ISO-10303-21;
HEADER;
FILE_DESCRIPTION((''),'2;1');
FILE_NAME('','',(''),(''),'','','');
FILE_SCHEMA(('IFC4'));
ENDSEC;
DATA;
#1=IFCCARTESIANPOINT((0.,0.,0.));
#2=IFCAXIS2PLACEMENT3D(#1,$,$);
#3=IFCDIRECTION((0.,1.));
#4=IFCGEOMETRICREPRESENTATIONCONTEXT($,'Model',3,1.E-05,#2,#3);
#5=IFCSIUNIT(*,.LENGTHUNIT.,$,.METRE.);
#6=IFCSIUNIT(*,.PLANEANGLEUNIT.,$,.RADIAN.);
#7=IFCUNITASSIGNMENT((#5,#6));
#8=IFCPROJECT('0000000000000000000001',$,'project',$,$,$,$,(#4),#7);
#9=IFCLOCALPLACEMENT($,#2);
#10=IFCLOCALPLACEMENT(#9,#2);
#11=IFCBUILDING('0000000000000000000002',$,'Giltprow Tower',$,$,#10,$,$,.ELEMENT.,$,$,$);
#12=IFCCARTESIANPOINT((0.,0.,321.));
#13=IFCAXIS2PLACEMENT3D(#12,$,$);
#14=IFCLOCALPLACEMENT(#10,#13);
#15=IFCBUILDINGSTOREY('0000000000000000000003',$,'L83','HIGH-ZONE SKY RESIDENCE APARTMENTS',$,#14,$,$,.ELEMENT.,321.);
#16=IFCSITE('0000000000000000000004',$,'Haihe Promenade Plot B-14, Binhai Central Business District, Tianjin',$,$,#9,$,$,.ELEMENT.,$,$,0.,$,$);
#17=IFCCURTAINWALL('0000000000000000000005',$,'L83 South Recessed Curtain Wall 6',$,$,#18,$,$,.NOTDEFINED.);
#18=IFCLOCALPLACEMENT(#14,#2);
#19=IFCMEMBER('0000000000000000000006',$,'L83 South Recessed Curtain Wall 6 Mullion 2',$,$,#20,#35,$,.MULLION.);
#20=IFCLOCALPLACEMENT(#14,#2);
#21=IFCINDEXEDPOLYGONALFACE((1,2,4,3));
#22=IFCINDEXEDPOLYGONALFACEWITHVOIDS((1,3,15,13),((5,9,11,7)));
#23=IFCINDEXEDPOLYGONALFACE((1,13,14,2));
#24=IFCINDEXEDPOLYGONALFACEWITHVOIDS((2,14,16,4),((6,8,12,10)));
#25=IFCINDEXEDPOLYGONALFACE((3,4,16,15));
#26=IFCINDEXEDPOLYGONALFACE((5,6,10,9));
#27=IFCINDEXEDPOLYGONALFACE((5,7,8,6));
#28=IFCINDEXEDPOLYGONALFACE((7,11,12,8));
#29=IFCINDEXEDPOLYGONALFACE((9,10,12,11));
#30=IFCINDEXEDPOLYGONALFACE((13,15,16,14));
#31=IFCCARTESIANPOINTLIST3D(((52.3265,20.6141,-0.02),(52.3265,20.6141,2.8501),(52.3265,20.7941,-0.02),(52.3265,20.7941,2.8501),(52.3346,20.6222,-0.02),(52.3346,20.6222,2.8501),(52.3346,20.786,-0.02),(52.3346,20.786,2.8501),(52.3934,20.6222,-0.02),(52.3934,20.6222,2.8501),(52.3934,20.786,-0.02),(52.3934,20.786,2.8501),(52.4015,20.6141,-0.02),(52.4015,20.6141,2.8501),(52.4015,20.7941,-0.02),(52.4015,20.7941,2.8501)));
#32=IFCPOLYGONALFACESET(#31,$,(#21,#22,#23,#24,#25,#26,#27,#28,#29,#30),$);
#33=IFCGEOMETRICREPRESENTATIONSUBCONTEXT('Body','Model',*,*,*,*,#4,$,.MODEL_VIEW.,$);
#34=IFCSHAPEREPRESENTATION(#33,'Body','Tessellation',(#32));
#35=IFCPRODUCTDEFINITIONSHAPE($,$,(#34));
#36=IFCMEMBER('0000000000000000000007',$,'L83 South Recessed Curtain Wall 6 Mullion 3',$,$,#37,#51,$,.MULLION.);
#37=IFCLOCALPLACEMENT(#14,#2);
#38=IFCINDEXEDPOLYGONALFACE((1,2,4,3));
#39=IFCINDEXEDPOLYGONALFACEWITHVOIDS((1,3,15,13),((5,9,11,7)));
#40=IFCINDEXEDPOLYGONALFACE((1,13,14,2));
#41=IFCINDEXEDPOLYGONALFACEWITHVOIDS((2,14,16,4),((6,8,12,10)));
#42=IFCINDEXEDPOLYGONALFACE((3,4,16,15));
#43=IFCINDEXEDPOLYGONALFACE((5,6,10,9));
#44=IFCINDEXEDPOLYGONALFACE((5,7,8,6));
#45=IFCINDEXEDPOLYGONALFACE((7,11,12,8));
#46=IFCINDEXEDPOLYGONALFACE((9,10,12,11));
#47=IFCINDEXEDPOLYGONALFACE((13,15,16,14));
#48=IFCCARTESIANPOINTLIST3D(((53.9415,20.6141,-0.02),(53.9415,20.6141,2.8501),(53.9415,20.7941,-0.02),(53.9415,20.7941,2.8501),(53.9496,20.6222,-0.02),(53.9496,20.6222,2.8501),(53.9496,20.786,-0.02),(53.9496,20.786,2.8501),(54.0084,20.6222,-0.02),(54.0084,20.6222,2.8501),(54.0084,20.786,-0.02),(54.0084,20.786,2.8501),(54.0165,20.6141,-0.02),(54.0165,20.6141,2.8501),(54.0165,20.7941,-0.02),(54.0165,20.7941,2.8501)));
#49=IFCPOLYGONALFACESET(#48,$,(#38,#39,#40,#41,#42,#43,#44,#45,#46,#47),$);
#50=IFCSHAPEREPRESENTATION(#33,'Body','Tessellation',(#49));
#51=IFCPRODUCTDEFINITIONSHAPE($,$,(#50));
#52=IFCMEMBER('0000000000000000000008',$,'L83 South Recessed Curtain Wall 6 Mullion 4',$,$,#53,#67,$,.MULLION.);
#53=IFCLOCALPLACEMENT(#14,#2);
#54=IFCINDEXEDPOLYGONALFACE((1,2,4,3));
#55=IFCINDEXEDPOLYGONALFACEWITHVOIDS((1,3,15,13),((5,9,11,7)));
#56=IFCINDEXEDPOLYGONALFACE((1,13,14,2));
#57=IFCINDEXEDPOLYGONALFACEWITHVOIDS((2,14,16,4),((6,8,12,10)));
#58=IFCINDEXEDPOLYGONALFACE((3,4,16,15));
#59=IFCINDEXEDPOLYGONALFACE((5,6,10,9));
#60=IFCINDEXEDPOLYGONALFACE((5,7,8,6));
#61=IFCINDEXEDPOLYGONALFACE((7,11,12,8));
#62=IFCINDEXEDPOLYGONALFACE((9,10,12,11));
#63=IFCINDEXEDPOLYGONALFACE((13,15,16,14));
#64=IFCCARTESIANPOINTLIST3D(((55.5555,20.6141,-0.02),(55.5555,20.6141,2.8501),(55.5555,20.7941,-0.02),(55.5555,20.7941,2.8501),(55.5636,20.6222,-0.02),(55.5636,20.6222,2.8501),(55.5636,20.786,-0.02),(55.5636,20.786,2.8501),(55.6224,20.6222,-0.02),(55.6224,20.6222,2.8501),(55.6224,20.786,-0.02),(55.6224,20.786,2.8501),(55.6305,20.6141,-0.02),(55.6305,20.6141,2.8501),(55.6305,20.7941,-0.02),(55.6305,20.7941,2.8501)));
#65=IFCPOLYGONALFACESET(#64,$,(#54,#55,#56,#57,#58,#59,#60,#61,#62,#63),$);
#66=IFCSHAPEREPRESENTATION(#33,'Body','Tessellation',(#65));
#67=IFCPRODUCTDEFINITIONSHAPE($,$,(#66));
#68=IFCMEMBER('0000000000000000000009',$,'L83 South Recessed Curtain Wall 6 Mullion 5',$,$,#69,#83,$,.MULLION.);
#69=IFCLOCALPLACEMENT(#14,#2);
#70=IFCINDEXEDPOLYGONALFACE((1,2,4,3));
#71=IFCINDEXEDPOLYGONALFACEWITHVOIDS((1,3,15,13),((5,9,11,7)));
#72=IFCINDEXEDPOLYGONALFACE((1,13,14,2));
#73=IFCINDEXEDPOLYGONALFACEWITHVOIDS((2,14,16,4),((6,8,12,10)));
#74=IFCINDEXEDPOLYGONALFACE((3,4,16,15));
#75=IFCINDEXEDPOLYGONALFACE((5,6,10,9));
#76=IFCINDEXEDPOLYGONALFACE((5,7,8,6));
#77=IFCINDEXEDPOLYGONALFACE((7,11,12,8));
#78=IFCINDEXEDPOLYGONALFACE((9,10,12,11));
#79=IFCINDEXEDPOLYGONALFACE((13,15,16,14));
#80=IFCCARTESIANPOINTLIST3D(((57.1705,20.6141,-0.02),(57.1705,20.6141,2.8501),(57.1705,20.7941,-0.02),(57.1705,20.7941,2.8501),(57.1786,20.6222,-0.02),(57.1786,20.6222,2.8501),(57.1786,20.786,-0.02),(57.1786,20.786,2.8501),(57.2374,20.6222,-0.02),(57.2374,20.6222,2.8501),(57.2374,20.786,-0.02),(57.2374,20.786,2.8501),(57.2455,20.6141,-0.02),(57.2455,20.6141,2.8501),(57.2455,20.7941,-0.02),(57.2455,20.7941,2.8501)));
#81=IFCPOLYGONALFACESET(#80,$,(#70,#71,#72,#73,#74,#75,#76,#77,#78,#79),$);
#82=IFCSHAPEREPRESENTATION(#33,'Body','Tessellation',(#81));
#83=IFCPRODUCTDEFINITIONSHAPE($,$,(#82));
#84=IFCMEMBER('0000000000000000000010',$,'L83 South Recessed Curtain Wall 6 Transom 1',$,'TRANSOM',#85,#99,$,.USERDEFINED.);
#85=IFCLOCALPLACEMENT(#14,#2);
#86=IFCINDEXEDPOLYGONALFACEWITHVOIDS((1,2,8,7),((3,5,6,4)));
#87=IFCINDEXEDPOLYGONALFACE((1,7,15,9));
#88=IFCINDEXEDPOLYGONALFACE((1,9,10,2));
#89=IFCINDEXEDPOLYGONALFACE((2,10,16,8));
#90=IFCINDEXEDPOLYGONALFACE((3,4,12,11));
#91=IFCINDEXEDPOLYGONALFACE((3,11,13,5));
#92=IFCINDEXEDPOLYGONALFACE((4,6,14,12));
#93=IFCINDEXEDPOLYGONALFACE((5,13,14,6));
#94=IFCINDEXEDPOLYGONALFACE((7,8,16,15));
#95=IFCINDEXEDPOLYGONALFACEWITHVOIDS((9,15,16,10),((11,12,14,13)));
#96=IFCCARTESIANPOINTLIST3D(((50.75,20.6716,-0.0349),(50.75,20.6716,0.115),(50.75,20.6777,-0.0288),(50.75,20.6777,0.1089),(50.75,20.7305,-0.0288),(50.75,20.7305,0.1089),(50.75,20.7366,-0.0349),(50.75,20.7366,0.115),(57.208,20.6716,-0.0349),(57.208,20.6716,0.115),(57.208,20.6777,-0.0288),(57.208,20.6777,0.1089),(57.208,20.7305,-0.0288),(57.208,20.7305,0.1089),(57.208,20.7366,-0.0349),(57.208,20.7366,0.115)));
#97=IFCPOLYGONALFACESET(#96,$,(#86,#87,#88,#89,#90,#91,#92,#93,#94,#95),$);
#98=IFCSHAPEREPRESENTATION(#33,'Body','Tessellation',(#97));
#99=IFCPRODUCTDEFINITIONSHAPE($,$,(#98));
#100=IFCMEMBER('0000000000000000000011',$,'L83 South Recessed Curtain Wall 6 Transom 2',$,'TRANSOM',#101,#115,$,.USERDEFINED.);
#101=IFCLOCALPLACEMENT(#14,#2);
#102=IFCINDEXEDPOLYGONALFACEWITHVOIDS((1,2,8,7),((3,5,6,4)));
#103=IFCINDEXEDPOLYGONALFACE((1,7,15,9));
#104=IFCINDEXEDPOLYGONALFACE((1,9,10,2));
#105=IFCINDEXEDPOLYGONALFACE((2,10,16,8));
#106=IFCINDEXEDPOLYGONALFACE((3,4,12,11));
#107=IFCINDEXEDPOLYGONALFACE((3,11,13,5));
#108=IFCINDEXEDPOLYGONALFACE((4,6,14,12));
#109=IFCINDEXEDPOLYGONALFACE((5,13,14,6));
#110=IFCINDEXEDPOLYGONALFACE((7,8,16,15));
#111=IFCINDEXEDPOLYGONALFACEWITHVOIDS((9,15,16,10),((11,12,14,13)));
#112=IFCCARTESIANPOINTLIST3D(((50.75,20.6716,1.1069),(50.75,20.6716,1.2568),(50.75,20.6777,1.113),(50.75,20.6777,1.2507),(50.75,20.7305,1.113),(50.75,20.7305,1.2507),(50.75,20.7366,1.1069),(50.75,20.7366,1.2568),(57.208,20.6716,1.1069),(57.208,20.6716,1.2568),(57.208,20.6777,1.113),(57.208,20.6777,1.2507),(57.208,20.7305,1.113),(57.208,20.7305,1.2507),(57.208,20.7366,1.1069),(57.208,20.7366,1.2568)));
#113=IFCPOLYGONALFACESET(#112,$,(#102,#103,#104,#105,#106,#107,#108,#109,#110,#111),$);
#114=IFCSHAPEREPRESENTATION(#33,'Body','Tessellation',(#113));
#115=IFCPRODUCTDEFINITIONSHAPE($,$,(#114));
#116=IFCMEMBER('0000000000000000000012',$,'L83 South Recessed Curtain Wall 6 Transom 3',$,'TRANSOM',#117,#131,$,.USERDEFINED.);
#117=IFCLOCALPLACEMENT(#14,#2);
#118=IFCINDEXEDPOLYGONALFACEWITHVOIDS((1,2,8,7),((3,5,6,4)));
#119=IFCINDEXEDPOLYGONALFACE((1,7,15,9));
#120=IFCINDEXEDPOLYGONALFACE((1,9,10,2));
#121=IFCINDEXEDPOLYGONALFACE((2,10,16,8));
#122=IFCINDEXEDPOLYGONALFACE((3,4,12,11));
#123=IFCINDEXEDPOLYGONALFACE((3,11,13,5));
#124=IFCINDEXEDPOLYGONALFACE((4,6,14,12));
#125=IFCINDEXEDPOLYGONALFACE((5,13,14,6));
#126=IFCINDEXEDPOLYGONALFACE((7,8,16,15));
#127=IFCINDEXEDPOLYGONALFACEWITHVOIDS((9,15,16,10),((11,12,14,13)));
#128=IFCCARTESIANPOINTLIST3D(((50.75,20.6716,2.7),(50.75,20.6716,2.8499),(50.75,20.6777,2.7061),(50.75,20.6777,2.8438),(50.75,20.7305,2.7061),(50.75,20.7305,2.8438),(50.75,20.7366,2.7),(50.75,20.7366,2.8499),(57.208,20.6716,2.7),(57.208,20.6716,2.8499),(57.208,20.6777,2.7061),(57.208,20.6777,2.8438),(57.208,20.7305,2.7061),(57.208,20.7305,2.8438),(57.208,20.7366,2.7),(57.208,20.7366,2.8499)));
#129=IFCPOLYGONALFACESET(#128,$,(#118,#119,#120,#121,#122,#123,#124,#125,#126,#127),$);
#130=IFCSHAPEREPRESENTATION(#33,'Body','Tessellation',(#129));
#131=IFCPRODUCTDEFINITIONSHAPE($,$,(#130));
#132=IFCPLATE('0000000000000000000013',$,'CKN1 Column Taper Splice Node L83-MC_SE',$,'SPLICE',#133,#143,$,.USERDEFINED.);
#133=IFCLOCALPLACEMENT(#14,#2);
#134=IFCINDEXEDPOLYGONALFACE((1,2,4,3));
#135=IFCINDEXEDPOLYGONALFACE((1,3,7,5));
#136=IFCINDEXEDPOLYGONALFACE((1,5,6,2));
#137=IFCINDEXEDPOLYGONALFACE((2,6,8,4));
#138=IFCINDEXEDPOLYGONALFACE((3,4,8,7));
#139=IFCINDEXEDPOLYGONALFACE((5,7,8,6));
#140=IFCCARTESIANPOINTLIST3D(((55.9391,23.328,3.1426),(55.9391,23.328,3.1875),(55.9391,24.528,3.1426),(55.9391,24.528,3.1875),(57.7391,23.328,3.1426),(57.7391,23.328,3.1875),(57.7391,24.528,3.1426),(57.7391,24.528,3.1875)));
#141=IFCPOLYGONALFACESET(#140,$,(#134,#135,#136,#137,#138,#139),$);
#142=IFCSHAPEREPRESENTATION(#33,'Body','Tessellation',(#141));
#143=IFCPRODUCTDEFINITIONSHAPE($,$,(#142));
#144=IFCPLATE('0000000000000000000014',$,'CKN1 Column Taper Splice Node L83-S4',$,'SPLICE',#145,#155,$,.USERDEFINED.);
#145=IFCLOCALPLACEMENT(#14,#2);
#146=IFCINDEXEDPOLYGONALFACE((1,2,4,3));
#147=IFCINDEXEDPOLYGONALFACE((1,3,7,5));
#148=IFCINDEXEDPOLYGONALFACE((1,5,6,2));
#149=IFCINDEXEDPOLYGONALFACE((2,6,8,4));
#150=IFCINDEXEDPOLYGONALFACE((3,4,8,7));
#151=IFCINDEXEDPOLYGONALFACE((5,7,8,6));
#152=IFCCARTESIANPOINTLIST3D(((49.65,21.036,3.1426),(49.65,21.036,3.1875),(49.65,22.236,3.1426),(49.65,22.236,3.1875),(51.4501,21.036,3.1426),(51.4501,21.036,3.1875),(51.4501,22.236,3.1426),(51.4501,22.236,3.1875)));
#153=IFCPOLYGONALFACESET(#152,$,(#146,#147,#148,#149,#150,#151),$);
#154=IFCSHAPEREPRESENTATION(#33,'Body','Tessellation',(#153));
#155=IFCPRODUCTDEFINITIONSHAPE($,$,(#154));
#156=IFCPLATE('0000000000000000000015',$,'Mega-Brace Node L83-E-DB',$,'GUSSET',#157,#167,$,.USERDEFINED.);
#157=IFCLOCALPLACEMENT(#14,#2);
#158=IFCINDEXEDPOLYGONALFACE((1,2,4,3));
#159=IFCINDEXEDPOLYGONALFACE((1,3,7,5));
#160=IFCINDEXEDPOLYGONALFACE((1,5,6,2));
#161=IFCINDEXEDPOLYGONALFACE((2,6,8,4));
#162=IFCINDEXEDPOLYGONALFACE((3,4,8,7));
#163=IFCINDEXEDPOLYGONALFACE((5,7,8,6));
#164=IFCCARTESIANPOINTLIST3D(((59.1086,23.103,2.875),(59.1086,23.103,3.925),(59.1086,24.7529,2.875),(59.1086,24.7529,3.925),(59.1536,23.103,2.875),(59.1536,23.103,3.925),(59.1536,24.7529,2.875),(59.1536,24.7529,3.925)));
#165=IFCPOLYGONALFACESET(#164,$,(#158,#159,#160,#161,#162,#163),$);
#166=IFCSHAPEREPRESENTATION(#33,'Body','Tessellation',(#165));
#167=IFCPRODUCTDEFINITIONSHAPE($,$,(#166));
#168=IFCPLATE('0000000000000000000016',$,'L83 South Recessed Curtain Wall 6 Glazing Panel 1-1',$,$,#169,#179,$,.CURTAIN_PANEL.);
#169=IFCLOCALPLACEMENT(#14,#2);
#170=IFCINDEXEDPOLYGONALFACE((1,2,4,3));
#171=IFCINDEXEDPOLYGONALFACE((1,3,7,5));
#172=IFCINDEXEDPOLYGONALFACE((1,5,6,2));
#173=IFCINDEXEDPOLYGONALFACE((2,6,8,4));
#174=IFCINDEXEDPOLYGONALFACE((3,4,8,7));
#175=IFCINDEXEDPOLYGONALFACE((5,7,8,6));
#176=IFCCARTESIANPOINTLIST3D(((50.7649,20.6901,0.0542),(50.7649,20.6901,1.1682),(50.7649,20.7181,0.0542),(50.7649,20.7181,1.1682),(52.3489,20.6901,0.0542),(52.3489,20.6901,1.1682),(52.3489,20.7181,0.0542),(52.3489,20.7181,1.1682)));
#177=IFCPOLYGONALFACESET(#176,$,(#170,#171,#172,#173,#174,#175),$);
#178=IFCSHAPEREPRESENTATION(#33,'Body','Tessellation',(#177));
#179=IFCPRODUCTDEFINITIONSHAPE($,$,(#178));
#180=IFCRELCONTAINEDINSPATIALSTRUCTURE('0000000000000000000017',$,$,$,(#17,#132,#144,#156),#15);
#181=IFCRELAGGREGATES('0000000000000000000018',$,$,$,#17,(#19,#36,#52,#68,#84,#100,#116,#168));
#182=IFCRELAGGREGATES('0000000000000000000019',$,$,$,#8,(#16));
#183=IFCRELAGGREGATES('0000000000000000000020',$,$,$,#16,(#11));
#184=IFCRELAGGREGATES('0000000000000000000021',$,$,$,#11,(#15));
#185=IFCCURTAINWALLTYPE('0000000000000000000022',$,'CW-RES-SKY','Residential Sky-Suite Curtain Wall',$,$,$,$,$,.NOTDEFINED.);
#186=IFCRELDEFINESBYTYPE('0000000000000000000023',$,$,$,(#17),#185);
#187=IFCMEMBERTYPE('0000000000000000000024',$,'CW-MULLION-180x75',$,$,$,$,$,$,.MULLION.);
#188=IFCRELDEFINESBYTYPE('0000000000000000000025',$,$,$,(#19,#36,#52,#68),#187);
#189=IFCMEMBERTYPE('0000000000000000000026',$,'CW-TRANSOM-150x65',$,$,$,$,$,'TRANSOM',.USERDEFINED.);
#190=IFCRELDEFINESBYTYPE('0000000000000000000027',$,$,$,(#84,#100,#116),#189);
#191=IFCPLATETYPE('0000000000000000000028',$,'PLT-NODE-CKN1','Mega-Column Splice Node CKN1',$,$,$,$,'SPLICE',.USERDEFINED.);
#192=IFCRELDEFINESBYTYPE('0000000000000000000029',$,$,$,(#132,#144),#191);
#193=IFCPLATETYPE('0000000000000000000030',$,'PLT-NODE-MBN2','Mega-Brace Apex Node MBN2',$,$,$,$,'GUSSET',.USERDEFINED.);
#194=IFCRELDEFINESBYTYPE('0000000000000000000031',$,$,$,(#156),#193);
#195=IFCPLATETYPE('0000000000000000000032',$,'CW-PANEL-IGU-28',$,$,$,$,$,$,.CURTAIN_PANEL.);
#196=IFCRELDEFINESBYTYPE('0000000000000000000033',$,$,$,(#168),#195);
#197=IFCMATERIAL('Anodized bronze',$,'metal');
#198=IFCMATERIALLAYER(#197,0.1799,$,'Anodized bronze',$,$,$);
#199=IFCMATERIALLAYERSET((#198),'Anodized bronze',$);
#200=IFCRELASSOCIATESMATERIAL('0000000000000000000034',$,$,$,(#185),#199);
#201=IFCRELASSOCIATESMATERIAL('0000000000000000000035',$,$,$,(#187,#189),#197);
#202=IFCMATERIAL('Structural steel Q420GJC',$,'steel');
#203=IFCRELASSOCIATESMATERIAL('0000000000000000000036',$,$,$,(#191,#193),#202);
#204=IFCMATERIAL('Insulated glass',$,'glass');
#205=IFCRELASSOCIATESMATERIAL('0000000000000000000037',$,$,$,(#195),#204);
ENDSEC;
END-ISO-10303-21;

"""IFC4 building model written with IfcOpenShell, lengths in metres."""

from ifc_helpers import new_model, si_unit, direction, frame, origin, origin_2d, place, context, subcontext, project, spatial, rectangle, hollow_rectangle, extrude, source, transform, mapped, material, layer, layer_set, material_profile, profile_set, type_object, element, aggregate, save


model = new_model("IFC4")

# Units and contexts
model_context = context("Model", 3, precision=1e-05, world=origin(), true_north=direction((0.0, 1.0)))
body_context = subcontext(model_context, "Body", "Model", "MODEL_VIEW")
ifc_project = project(units=[si_unit("LENGTHUNIT", "METRE"), si_unit("PLANEANGLEUNIT", "RADIAN")], contexts=[model_context])

# Site, building, storey
site_placement = place(None, origin())
site = spatial("IfcSite", under=ifc_project, at=site_placement, Name="Haihe Promenade Plot B-14, Binhai Central Business District, Tianjin", CompositionType="ELEMENT", RefElevation=0.0)
building_placement = place(site_placement, origin())
building = spatial("IfcBuilding", under=site, at=building_placement, Name="Giltprow Tower", CompositionType="ELEMENT")
storey_placement = place(building_placement, frame((0.0, 0.0, 321.0)))
storey = spatial("IfcBuildingStorey", under=building, at=storey_placement, Name="L83", Description="HIGH-ZONE SKY RESIDENCE APARTMENTS", CompositionType="ELEMENT", Elevation=321.0)

# Shared definitions
ifc_material_1 = material(Name="Structural steel Q420GJC", Category="steel")

# Curtain wall, members
ifc_material_2 = material(Name="Anodized bronze", Category="metal")
ifc_layer_1 = layer(ifc_material_2, 0.1799, Name="Anodized bronze")
ifc_layer_set_1 = layer_set([ifc_layer_1], Name="Anodized bronze")
curtain_wall_type = type_object("IfcCurtainWallType", Name="CW-RES-SKY", Description="Residential Sky-Suite Curtain Wall", PredefinedType="NOTDEFINED", material=ifc_layer_set_1)
curtain_wall_placement = place(storey_placement, origin())
curtain_wall = element("IfcCurtainWall", 1, at=curtain_wall_placement, inside=storey, type_object=curtain_wall_type, Name="L83 South Recessed Curtain Wall 6", PredefinedType="NOTDEFINED")
ifc_material_profile_1 = material_profile(ifc_material_2, hollow_rectangle(XDim=0.075, YDim=0.1799, WallThickness=0.0081, at=origin_2d()), Name="RHS 180x75x8")
ifc_profile_set_1 = profile_set([ifc_material_profile_1], Name="Anodized bronze")
member_type_1 = type_object("IfcMemberType", Name="CW-MULLION-180x75", PredefinedType="MULLION", material=ifc_profile_set_1)
shared_shape_1 = source(origin(), body_context, "Body", "SweptSolid", [
    extrude(hollow_rectangle(XDim=0.075, YDim=0.1799, WallThickness=0.0081, at=origin_2d()), origin(), (0.0, 0.0, 1.0), 2.8701),
])
member_1_placement = place(storey_placement, frame((52.364, 20.7041, -0.02), z_axis=(0.0, 0.0, 1.0), x_axis=(1.0, 0.0, 0.0)))
member_1 = element("IfcMember", 2, at=member_1_placement, type_object=member_type_1, Name="L83 South Recessed Curtain Wall 6 Mullion 2", PredefinedType="MULLION", context=body_context, shape_type="MappedRepresentation", body=[
    mapped(shared_shape_1, transform((0.0, 0.0, 0.0), x_axis=(1.0, 0.0, 0.0), y_axis=(0.0, 1.0, 0.0), z_axis=(0.0, 0.0, 1.0), scale=1.0)),
])
member_2_placement = place(storey_placement, frame((53.979, 20.7041, -0.02), z_axis=(0.0, 0.0, 1.0), x_axis=(1.0, 0.0, 0.0)))
member_2 = element("IfcMember", 3, at=member_2_placement, type_object=member_type_1, Name="L83 South Recessed Curtain Wall 6 Mullion 3", PredefinedType="MULLION", context=body_context, shape_type="MappedRepresentation", body=[
    mapped(shared_shape_1, transform((0.0, 0.0, 0.0), x_axis=(1.0, 0.0, 0.0), y_axis=(0.0, 1.0, 0.0), z_axis=(0.0, 0.0, 1.0), scale=1.0)),
])
member_3_placement = place(storey_placement, frame((55.593, 20.7041, -0.02), z_axis=(0.0, 0.0, 1.0), x_axis=(1.0, 0.0, 0.0)))
member_3 = element("IfcMember", 4, at=member_3_placement, type_object=member_type_1, Name="L83 South Recessed Curtain Wall 6 Mullion 4", PredefinedType="MULLION", context=body_context, shape_type="MappedRepresentation", body=[
    mapped(shared_shape_1, transform((0.0, 0.0, 0.0), x_axis=(1.0, 0.0, 0.0), y_axis=(0.0, 1.0, 0.0), z_axis=(0.0, 0.0, 1.0), scale=1.0)),
])
member_4_placement = place(storey_placement, frame((57.208, 20.7041, -0.02), z_axis=(0.0, 0.0, 1.0), x_axis=(1.0, 0.0, 0.0)))
member_4 = element("IfcMember", 5, at=member_4_placement, type_object=member_type_1, Name="L83 South Recessed Curtain Wall 6 Mullion 5", PredefinedType="MULLION", context=body_context, shape_type="MappedRepresentation", body=[
    mapped(shared_shape_1, transform((0.0, 0.0, 0.0), x_axis=(1.0, 0.0, 0.0), y_axis=(0.0, 1.0, 0.0), z_axis=(0.0, 0.0, 1.0), scale=1.0)),
])
ifc_material_profile_2 = material_profile(ifc_material_2, hollow_rectangle(XDim=0.0649, YDim=0.1499, WallThickness=0.0061, at=origin_2d()), Name="RHS 150x65x6")
ifc_profile_set_2 = profile_set([ifc_material_profile_2], Name="Anodized bronze")
member_type_2 = type_object("IfcMemberType", Name="CW-TRANSOM-150x65", ElementType="TRANSOM", PredefinedType="USERDEFINED", material=ifc_profile_set_2)
shared_shape_2 = source(origin(), body_context, "Body", "SweptSolid", [
    extrude(hollow_rectangle(XDim=0.0649, YDim=0.1499, WallThickness=0.0061, at=origin_2d()), origin(), (0.0, 0.0, 1.0), 6.458),
])
member_5_placement = place(storey_placement, frame((50.75, 20.7041, 0.04), z_axis=(1.0, 0.0, 0.0), x_axis=(0.0, 1.0, 0.0)))
member_5 = element("IfcMember", 6, at=member_5_placement, type_object=member_type_2, Name="L83 South Recessed Curtain Wall 6 Transom 1", ObjectType="TRANSOM", PredefinedType="USERDEFINED", context=body_context, shape_type="MappedRepresentation", body=[
    mapped(shared_shape_2, transform((0.0, 0.0, 0.0), x_axis=(1.0, 0.0, 0.0), y_axis=(0.0, 1.0, 0.0), z_axis=(0.0, 0.0, 1.0), scale=1.0)),
])
member_6_placement = place(storey_placement, frame((50.75, 20.7041, 1.1819), z_axis=(1.0, 0.0, 0.0), x_axis=(0.0, 1.0, 0.0)))
member_6 = element("IfcMember", 7, at=member_6_placement, type_object=member_type_2, Name="L83 South Recessed Curtain Wall 6 Transom 2", ObjectType="TRANSOM", PredefinedType="USERDEFINED", context=body_context, shape_type="MappedRepresentation", body=[
    mapped(shared_shape_2, transform((0.0, 0.0, 0.0), x_axis=(1.0, 0.0, 0.0), y_axis=(0.0, 1.0, 0.0), z_axis=(0.0, 0.0, 1.0), scale=1.0)),
])
member_7_placement = place(storey_placement, frame((50.75, 20.7041, 2.7749), z_axis=(1.0, 0.0, 0.0), x_axis=(0.0, 1.0, 0.0)))
member_7 = element("IfcMember", 8, at=member_7_placement, type_object=member_type_2, Name="L83 South Recessed Curtain Wall 6 Transom 3", ObjectType="TRANSOM", PredefinedType="USERDEFINED", context=body_context, shape_type="MappedRepresentation", body=[
    mapped(shared_shape_2, transform((0.0, 0.0, 0.0), x_axis=(1.0, 0.0, 0.0), y_axis=(0.0, 1.0, 0.0), z_axis=(0.0, 0.0, 1.0), scale=1.0)),
])

# Plates
plate_type_1 = type_object("IfcPlateType", Name="PLT-NODE-CKN1", Description="Mega-Column Splice Node CKN1", ElementType="SPLICE", PredefinedType="USERDEFINED", material=ifc_material_1)
shared_shape_3 = source(origin(), body_context, "Body", "SweptSolid", [
    extrude(rectangle(XDim=1.8, YDim=1.2, at=origin_2d()), origin(), (0.0, 0.0, 1.0), 0.0449),
])
for number, where, z_axis, x_axis, name in (
    (9, (56.8391, 23.928, 3.1426), (0.0, 0.0, 1.0), (1.0, 0.0, 0.0), "CKN1 Column Taper Splice Node L83-MC_SE"),
    (10, (50.55, 21.636, 3.1426), (0.0, 0.0, 1.0), (1.0, 0.0, 0.0), "CKN1 Column Taper Splice Node L83-S4"),
):
    element("IfcPlate", number, at=place(storey_placement, frame(where, z_axis=z_axis, x_axis=x_axis)), inside=storey, type_object=plate_type_1, Name=name, ObjectType="SPLICE", PredefinedType="USERDEFINED", context=body_context, shape_type="MappedRepresentation", body=[
        mapped(shared_shape_3, transform((0.0, 0.0, 0.0), x_axis=(1.0, 0.0, 0.0), y_axis=(0.0, 1.0, 0.0), z_axis=(0.0, 0.0, 1.0), scale=1.0)),
    ])
plate_type_2 = type_object("IfcPlateType", Name="PLT-NODE-MBN2", Description="Mega-Brace Apex Node MBN2", ElementType="GUSSET", PredefinedType="USERDEFINED", material=ifc_material_1)
shared_shape_4 = source(origin(), body_context, "Body", "SweptSolid", [
    extrude(rectangle(XDim=1.6499, YDim=0.0449, at=origin_2d()), origin(), (0.0, 0.0, 1.0), 1.05),
])
plate_1_placement = place(storey_placement, frame((59.1311, 23.928, 2.875), z_axis=(0.0, 0.0, 1.0), x_axis=(0.0, 1.0, 0.0)))
element("IfcPlate", 11, at=plate_1_placement, inside=storey, type_object=plate_type_2, Name="Mega-Brace Node L83-E-DB", ObjectType="GUSSET", PredefinedType="USERDEFINED", context=body_context, shape_type="MappedRepresentation", body=[
    mapped(shared_shape_4, transform((0.0, 0.0, 0.0), x_axis=(1.0, 0.0, 0.0), y_axis=(0.0, 1.0, 0.0), z_axis=(0.0, 0.0, 1.0), scale=1.0)),
])

# Plate
ifc_material_3 = material(Name="Insulated glass", Category="glass")
plate_type_3 = type_object("IfcPlateType", Name="CW-PANEL-IGU-28", PredefinedType="CURTAIN_PANEL", material=ifc_material_3)
shared_shape_5 = source(origin(), body_context, "Body", "SweptSolid", [
    extrude(rectangle(XDim=1.584, YDim=0.0281, at=origin_2d()), origin(), (0.0, 0.0, 1.0), 1.114),
])
plate_2_placement = place(storey_placement, frame((51.5569, 20.7041, 0.0542), z_axis=(0.0, 0.0, 1.0), x_axis=(1.0, 0.0, 0.0)))
plate_2 = element("IfcPlate", 12, at=plate_2_placement, type_object=plate_type_3, Name="L83 South Recessed Curtain Wall 6 Glazing Panel 1-1", PredefinedType="CURTAIN_PANEL", context=body_context, shape_type="MappedRepresentation", body=[
    mapped(shared_shape_5, transform((0.0, 0.0, 0.0), x_axis=(1.0, 0.0, 0.0), y_axis=(0.0, 1.0, 0.0), z_axis=(0.0, 0.0, 1.0), scale=1.0)),
])
aggregate(curtain_wall, [member_1, member_2, member_3, member_4, member_5, member_6, member_7, plate_2])

save(model, "model.ifc")
